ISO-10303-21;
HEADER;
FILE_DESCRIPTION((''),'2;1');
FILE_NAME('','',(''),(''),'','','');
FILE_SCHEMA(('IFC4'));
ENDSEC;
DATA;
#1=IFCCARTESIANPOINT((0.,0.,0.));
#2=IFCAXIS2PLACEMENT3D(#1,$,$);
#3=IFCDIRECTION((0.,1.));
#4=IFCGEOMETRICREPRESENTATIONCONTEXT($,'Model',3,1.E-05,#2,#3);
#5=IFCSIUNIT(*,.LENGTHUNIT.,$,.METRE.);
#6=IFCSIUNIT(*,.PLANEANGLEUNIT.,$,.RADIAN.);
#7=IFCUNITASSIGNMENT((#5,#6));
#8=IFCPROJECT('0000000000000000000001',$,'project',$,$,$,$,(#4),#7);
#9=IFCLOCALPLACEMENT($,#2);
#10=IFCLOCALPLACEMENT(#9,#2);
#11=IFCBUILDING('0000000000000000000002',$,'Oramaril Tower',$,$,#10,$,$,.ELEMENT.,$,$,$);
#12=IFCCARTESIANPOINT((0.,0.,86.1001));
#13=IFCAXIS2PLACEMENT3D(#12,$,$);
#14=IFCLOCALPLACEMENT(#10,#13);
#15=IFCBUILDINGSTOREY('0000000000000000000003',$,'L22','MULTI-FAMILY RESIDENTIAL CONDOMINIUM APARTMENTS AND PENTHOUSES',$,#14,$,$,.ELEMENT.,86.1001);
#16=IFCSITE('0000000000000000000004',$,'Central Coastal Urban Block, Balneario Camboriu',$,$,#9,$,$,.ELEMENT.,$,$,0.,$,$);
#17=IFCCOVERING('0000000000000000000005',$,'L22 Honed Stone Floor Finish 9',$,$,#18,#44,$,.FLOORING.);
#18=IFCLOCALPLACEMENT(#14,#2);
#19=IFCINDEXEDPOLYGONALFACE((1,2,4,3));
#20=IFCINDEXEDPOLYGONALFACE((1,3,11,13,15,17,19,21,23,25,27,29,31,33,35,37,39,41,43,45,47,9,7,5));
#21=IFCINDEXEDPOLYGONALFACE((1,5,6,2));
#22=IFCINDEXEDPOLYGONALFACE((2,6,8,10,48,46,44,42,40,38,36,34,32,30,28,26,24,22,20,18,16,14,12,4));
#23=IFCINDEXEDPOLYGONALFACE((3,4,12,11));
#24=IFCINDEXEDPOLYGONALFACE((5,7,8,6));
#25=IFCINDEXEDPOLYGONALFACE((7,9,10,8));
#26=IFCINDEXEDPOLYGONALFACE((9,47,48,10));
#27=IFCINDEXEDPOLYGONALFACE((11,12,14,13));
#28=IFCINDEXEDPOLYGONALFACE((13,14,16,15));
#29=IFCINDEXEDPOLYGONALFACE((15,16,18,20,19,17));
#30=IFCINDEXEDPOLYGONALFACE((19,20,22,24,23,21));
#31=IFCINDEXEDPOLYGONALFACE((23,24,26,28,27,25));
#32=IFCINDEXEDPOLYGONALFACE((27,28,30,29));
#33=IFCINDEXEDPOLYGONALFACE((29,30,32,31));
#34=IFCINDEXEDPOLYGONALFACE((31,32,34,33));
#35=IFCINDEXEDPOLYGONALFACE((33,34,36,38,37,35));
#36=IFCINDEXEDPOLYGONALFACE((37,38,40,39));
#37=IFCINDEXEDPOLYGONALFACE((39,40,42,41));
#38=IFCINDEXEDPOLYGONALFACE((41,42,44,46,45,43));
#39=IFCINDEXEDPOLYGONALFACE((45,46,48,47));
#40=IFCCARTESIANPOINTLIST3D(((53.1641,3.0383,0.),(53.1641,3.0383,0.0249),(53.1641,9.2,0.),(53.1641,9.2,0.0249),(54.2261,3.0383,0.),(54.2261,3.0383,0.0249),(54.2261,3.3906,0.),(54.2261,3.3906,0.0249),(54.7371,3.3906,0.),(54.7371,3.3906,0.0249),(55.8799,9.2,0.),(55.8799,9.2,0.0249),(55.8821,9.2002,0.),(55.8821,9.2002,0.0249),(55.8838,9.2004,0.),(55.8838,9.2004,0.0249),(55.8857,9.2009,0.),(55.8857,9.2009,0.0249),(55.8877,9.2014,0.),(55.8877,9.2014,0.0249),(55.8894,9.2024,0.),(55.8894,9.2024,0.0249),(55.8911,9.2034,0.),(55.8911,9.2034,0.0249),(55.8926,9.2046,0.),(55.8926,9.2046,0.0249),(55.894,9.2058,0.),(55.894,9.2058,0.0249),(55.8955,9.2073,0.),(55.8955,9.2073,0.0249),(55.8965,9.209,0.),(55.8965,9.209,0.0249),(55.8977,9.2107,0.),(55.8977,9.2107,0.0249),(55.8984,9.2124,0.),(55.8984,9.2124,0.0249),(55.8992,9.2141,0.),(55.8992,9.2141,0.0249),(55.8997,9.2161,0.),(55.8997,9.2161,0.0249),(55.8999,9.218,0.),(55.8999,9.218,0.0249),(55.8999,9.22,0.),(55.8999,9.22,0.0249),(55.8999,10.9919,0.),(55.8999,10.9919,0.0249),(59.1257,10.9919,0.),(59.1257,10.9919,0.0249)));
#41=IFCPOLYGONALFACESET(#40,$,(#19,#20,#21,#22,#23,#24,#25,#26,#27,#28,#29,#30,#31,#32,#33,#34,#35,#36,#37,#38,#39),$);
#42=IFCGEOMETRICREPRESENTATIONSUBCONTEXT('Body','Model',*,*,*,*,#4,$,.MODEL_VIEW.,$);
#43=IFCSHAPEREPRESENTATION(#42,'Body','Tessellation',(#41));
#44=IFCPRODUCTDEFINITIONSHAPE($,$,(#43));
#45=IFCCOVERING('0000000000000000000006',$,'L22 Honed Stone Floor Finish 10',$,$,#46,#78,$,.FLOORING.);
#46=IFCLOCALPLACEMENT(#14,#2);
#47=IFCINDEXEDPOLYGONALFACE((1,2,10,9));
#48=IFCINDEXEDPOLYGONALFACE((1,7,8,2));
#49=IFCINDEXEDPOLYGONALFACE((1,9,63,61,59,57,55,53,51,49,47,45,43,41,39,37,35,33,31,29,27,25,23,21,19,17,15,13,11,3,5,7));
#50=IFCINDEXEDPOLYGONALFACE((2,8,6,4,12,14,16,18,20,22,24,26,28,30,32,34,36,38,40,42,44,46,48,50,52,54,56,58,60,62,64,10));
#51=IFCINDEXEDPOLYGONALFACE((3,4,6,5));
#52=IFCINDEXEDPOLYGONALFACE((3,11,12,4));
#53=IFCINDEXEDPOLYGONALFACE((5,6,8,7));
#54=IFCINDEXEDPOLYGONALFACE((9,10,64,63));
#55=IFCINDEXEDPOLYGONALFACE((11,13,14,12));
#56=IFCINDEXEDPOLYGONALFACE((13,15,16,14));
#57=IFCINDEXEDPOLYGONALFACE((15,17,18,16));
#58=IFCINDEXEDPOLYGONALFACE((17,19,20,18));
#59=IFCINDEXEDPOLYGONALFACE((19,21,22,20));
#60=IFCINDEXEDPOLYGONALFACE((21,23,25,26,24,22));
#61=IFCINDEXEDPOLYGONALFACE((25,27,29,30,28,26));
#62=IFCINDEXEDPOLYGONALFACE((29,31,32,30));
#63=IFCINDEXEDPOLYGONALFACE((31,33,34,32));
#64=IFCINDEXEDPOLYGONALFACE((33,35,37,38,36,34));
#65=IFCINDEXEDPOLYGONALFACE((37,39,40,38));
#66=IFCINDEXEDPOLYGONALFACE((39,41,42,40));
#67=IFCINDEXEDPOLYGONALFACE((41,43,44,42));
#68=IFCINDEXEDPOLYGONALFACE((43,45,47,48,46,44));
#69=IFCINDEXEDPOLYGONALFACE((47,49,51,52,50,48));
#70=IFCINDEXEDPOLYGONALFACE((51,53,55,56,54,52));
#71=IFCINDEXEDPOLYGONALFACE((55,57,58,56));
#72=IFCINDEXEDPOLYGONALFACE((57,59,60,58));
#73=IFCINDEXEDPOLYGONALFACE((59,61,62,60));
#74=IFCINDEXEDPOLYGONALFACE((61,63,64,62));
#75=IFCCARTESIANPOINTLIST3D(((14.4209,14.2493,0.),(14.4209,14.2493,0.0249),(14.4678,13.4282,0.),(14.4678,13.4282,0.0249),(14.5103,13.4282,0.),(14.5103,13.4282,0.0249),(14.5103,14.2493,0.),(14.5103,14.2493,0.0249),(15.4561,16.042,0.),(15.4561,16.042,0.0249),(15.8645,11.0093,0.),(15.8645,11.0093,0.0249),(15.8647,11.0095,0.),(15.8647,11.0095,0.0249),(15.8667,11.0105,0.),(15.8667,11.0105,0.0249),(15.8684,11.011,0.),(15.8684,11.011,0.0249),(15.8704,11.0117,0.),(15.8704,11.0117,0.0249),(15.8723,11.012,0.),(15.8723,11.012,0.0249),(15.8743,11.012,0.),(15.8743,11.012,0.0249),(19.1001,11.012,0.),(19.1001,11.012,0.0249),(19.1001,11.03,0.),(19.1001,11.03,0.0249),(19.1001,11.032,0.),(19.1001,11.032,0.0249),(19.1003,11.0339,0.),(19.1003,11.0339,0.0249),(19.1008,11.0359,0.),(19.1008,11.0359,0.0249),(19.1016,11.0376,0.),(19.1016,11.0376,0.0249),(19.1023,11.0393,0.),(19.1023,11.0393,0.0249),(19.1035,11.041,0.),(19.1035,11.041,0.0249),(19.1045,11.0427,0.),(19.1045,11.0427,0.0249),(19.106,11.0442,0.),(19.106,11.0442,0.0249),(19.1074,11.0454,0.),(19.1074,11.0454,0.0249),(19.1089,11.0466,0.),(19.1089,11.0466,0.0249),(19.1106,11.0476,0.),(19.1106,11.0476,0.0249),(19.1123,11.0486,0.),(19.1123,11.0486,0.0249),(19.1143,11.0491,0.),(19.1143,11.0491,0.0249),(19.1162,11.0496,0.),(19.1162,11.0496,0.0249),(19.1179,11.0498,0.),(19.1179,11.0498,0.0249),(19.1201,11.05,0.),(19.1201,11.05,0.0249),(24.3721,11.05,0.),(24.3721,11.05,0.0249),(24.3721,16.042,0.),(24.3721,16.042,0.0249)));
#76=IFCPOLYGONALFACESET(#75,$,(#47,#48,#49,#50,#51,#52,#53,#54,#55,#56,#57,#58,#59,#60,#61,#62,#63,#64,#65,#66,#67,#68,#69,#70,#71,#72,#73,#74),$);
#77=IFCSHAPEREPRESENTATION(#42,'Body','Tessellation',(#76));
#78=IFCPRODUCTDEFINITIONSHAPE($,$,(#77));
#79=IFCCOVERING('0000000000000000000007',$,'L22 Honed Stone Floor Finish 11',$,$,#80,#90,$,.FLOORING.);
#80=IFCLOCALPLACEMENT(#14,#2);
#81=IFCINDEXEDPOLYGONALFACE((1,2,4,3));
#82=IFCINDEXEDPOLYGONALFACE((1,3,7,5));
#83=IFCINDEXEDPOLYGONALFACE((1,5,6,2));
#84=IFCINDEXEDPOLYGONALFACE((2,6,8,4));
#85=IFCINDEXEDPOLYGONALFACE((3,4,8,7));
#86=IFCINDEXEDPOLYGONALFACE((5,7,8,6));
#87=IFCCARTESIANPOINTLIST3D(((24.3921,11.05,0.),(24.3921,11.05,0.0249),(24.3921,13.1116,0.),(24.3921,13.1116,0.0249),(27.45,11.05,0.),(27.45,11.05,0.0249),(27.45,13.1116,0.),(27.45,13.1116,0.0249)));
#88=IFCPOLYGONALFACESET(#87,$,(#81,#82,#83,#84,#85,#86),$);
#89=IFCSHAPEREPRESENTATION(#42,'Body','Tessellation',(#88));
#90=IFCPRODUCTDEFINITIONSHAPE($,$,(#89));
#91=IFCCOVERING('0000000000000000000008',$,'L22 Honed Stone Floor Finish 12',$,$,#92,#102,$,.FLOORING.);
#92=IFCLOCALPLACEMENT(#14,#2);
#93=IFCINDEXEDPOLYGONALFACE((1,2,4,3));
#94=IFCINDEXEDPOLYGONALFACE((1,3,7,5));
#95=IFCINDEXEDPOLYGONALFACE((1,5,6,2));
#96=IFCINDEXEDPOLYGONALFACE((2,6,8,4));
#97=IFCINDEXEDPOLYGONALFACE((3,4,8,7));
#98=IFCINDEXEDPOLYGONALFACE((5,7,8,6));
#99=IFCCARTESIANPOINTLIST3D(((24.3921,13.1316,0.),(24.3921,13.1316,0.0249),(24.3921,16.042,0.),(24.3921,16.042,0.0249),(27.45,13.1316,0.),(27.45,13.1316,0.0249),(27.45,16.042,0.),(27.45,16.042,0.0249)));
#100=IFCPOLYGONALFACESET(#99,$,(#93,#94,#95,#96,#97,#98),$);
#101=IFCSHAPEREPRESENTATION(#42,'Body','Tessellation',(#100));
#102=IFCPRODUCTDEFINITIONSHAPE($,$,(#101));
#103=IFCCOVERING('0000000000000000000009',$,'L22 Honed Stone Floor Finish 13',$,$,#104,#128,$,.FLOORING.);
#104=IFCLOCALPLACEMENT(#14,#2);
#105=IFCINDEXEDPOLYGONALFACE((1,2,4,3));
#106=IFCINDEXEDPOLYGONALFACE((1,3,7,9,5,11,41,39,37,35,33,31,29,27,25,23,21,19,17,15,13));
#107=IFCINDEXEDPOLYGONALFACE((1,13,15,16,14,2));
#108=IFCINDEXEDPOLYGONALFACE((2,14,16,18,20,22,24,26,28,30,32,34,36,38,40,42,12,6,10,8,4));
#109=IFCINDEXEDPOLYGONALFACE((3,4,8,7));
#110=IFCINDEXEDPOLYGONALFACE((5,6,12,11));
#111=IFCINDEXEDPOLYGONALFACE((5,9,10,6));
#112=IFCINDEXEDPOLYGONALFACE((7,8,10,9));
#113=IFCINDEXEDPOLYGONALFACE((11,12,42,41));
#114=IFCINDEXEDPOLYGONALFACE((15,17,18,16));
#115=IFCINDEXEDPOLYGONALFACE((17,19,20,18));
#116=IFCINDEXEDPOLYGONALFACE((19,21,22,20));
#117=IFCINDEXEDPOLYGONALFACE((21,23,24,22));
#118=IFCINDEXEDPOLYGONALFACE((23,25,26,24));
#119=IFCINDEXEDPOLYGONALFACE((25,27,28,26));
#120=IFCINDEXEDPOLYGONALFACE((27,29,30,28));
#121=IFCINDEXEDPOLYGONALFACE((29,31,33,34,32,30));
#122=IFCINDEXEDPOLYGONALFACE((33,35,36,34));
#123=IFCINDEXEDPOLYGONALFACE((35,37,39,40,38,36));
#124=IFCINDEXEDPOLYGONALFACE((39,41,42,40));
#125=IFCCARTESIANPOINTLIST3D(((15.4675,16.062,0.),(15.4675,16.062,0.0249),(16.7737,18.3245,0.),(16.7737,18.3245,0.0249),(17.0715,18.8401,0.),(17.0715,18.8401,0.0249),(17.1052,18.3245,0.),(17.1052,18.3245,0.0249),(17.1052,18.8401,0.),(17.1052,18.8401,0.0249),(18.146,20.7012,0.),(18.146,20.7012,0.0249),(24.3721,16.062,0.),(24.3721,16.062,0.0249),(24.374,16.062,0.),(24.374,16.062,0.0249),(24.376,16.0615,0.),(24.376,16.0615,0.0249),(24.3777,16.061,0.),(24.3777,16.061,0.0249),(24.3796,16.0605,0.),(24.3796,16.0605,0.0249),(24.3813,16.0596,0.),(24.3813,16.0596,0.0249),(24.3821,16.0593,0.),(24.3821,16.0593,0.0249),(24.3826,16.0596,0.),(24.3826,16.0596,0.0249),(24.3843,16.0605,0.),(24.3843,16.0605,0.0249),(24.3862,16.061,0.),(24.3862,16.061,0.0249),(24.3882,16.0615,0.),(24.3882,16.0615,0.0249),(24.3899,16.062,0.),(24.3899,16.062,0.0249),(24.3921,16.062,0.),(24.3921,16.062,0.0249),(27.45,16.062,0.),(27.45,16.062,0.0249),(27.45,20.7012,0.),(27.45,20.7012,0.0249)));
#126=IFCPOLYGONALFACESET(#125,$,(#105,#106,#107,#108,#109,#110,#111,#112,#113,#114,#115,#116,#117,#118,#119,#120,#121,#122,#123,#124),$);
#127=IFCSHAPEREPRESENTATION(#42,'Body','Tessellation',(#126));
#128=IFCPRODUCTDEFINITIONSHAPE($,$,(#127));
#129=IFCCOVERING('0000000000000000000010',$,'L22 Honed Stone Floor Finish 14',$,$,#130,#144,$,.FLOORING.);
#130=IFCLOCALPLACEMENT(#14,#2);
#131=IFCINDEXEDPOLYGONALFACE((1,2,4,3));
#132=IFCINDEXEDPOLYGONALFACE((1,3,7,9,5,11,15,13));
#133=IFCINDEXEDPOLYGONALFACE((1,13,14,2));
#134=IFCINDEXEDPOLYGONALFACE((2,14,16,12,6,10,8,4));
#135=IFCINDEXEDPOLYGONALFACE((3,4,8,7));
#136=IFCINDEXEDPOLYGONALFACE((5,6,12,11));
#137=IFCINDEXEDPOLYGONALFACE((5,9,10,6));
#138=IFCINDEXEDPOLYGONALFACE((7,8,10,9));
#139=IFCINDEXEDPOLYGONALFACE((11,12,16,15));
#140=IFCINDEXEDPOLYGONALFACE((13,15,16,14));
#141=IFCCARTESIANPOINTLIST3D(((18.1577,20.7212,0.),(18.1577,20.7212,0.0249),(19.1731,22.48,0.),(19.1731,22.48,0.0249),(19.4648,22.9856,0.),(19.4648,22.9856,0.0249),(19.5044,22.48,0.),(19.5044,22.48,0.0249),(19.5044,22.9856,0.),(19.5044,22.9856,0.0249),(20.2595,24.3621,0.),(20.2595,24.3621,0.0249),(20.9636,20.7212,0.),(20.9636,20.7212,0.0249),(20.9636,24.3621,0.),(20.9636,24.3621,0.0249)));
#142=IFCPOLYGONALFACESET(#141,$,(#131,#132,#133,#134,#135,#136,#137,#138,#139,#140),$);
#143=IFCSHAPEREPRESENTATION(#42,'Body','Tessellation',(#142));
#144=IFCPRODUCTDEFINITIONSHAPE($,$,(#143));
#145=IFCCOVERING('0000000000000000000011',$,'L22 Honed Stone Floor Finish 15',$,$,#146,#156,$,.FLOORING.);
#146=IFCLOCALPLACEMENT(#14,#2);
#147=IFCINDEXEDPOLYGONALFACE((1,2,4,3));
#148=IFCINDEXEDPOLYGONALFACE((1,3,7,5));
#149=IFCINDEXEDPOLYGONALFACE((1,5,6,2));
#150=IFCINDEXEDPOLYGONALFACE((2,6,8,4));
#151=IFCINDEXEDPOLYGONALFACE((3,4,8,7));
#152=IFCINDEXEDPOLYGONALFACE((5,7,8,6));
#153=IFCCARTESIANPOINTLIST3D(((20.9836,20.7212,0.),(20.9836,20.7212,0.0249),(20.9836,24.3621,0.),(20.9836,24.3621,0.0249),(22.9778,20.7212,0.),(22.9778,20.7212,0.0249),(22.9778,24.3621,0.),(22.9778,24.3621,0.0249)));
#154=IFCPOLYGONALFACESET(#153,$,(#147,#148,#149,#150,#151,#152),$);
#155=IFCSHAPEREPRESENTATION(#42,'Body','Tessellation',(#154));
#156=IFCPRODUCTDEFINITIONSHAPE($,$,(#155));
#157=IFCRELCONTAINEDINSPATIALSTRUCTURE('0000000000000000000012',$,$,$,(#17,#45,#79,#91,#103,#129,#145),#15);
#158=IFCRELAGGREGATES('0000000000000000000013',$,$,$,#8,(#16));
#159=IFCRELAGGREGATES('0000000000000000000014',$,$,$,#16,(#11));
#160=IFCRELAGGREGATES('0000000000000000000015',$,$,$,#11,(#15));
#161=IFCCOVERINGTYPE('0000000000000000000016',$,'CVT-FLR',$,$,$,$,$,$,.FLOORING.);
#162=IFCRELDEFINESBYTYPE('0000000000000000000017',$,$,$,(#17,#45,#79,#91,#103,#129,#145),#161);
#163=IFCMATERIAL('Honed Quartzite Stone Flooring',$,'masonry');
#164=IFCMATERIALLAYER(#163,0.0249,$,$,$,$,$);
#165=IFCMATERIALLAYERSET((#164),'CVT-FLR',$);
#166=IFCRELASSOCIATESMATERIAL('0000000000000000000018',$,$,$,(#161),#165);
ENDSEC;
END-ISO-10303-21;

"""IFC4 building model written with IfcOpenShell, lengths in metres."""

from ifc_helpers import new_model, si_unit, direction, frame, origin, place, context, subcontext, project, spatial, polyline, outline, extrude, material, layer, layer_set, type_object, element, save


model = new_model("IFC4")

# Units and contexts
model_context = context("Model", 3, precision=1e-05, world=origin(), true_north=direction((0.0, 1.0)))
body_context = subcontext(model_context, "Body", "Model", "MODEL_VIEW")
ifc_project = project(units=[si_unit("LENGTHUNIT", "METRE"), si_unit("PLANEANGLEUNIT", "RADIAN")], contexts=[model_context])

# Site, building, storey
site_placement = place(None, origin())
site = spatial("IfcSite", under=ifc_project, at=site_placement, Name="Central Coastal Urban Block, Balneario Camboriu", CompositionType="ELEMENT", RefElevation=0.0)
building_placement = place(site_placement, origin())
building = spatial("IfcBuilding", under=site, at=building_placement, Name="Oramaril Tower", CompositionType="ELEMENT")
storey_placement = place(building_placement, frame((0.0, 0.0, 86.1001)))
storey = spatial("IfcBuildingStorey", under=building, at=storey_placement, Name="L22", Description="MULTI-FAMILY RESIDENTIAL CONDOMINIUM APARTMENTS AND PENTHOUSES", CompositionType="ELEMENT", Elevation=86.1001)

# Coverings
ifc_material_1 = material(Name="Honed Quartzite Stone Flooring", Category="masonry")
ifc_layer_1 = layer(ifc_material_1, 0.0249)
ifc_layer_set_1 = layer_set([ifc_layer_1], Name="CVT-FLR")
covering_type_1 = type_object("IfcCoveringType", Name="CVT-FLR", PredefinedType="FLOORING", material=ifc_layer_set_1)
covering_1_placement = place(storey_placement, origin())
element("IfcCovering", 1, at=covering_1_placement, inside=storey, type_object=covering_type_1, Name="L22 Honed Stone Floor Finish 9", PredefinedType="FLOORING", context=body_context, shape_type="SweptSolid", body=[
    extrude(outline(polyline([(59.1257, 10.9919), (54.7371, 3.3906), (54.2261, 3.3906), (54.2261, 3.0383), (53.1641, 3.0383), (53.1641, 9.2), (55.8799, 9.2), (55.8821, 9.2002), (55.8838, 9.2004), (55.8857, 9.2009), (55.8877, 9.2014), (55.8894, 9.2024), (55.8911, 9.2034), (55.8926, 9.2046), (55.894, 9.2058), (55.8955, 9.2073), (55.8965, 9.209), (55.8977, 9.2107), (55.8984, 9.2124), (55.8992, 9.2141), (55.8997, 9.2161), (55.8999, 9.218), (55.8999, 9.22), (55.8999, 10.9919), (59.1257, 10.9919)])), origin(), (0.0, 0.0, 1.0), 0.0249),
])
covering_2_placement = place(storey_placement, origin())
element("IfcCovering", 2, at=covering_2_placement, inside=storey, type_object=covering_type_1, Name="L22 Honed Stone Floor Finish 10", PredefinedType="FLOORING", context=body_context, shape_type="SweptSolid", body=[
    extrude(outline(polyline([(24.3721, 11.05), (19.1201, 11.05), (19.1179, 11.0498), (19.1162, 11.0496), (19.1143, 11.0491), (19.1123, 11.0486), (19.1106, 11.0476), (19.1089, 11.0466), (19.1074, 11.0454), (19.106, 11.0442), (19.1045, 11.0427), (19.1035, 11.041), (19.1023, 11.0393), (19.1016, 11.0376), (19.1008, 11.0359), (19.1003, 11.0339), (19.1001, 11.032), (19.1001, 11.03), (19.1001, 11.012), (15.8743, 11.012), (15.8723, 11.012), (15.8704, 11.0117), (15.8684, 11.011), (15.8667, 11.0105), (15.8647, 11.0095), (15.8645, 11.0093), (14.4678, 13.4282), (14.5103, 13.4282), (14.5103, 14.2493), (14.4209, 14.2493), (15.4561, 16.042), (24.3721, 16.042), (24.3721, 11.05)])), origin(), (0.0, 0.0, 1.0), 0.0249),
])
covering_3_placement = place(storey_placement, origin())
element("IfcCovering", 3, at=covering_3_placement, inside=storey, type_object=covering_type_1, Name="L22 Honed Stone Floor Finish 11", PredefinedType="FLOORING", context=body_context, shape_type="SweptSolid", body=[
    extrude(outline(polyline([(27.45, 13.1116), (27.45, 11.05), (24.3921, 11.05), (24.3921, 13.1116), (27.45, 13.1116)])), origin(), (0.0, 0.0, 1.0), 0.0249),
])
covering_4_placement = place(storey_placement, origin())
element("IfcCovering", 4, at=covering_4_placement, inside=storey, type_object=covering_type_1, Name="L22 Honed Stone Floor Finish 12", PredefinedType="FLOORING", context=body_context, shape_type="SweptSolid", body=[
    extrude(outline(polyline([(27.45, 16.042), (27.45, 13.1316), (24.3921, 13.1316), (24.3921, 16.042), (27.45, 16.042)])), origin(), (0.0, 0.0, 1.0), 0.0249),
])
covering_5_placement = place(storey_placement, origin())
element("IfcCovering", 5, at=covering_5_placement, inside=storey, type_object=covering_type_1, Name="L22 Honed Stone Floor Finish 13", PredefinedType="FLOORING", context=body_context, shape_type="SweptSolid", body=[
    extrude(outline(polyline([(16.7737, 18.3245), (17.1052, 18.3245), (17.1052, 18.8401), (17.0715, 18.8401), (18.146, 20.7012), (27.45, 20.7012), (27.45, 16.062), (24.3921, 16.062), (24.3899, 16.062), (24.3882, 16.0615), (24.3862, 16.061), (24.3843, 16.0605), (24.3826, 16.0596), (24.3821, 16.0593), (24.3813, 16.0596), (24.3796, 16.0605), (24.3777, 16.061), (24.376, 16.0615), (24.374, 16.062), (24.3721, 16.062), (15.4675, 16.062), (16.7737, 18.3245)])), origin(), (0.0, 0.0, 1.0), 0.0249),
])
covering_6_placement = place(storey_placement, origin())
element("IfcCovering", 6, at=covering_6_placement, inside=storey, type_object=covering_type_1, Name="L22 Honed Stone Floor Finish 14", PredefinedType="FLOORING", context=body_context, shape_type="SweptSolid", body=[
    extrude(outline(polyline([(19.5044, 22.48), (19.5044, 22.9856), (19.4648, 22.9856), (20.2595, 24.3621), (20.9636, 24.3621), (20.9636, 20.7212), (18.1577, 20.7212), (19.1731, 22.48), (19.5044, 22.48)])), origin(), (0.0, 0.0, 1.0), 0.0249),
])
covering_7_placement = place(storey_placement, origin())
element("IfcCovering", 7, at=covering_7_placement, inside=storey, type_object=covering_type_1, Name="L22 Honed Stone Floor Finish 15", PredefinedType="FLOORING", context=body_context, shape_type="SweptSolid", body=[
    extrude(outline(polyline([(22.9778, 24.3621), (22.9778, 20.7212), (20.9836, 20.7212), (20.9836, 24.3621), (22.9778, 24.3621)])), origin(), (0.0, 0.0, 1.0), 0.0249),
])

save(model, "model.ifc")
